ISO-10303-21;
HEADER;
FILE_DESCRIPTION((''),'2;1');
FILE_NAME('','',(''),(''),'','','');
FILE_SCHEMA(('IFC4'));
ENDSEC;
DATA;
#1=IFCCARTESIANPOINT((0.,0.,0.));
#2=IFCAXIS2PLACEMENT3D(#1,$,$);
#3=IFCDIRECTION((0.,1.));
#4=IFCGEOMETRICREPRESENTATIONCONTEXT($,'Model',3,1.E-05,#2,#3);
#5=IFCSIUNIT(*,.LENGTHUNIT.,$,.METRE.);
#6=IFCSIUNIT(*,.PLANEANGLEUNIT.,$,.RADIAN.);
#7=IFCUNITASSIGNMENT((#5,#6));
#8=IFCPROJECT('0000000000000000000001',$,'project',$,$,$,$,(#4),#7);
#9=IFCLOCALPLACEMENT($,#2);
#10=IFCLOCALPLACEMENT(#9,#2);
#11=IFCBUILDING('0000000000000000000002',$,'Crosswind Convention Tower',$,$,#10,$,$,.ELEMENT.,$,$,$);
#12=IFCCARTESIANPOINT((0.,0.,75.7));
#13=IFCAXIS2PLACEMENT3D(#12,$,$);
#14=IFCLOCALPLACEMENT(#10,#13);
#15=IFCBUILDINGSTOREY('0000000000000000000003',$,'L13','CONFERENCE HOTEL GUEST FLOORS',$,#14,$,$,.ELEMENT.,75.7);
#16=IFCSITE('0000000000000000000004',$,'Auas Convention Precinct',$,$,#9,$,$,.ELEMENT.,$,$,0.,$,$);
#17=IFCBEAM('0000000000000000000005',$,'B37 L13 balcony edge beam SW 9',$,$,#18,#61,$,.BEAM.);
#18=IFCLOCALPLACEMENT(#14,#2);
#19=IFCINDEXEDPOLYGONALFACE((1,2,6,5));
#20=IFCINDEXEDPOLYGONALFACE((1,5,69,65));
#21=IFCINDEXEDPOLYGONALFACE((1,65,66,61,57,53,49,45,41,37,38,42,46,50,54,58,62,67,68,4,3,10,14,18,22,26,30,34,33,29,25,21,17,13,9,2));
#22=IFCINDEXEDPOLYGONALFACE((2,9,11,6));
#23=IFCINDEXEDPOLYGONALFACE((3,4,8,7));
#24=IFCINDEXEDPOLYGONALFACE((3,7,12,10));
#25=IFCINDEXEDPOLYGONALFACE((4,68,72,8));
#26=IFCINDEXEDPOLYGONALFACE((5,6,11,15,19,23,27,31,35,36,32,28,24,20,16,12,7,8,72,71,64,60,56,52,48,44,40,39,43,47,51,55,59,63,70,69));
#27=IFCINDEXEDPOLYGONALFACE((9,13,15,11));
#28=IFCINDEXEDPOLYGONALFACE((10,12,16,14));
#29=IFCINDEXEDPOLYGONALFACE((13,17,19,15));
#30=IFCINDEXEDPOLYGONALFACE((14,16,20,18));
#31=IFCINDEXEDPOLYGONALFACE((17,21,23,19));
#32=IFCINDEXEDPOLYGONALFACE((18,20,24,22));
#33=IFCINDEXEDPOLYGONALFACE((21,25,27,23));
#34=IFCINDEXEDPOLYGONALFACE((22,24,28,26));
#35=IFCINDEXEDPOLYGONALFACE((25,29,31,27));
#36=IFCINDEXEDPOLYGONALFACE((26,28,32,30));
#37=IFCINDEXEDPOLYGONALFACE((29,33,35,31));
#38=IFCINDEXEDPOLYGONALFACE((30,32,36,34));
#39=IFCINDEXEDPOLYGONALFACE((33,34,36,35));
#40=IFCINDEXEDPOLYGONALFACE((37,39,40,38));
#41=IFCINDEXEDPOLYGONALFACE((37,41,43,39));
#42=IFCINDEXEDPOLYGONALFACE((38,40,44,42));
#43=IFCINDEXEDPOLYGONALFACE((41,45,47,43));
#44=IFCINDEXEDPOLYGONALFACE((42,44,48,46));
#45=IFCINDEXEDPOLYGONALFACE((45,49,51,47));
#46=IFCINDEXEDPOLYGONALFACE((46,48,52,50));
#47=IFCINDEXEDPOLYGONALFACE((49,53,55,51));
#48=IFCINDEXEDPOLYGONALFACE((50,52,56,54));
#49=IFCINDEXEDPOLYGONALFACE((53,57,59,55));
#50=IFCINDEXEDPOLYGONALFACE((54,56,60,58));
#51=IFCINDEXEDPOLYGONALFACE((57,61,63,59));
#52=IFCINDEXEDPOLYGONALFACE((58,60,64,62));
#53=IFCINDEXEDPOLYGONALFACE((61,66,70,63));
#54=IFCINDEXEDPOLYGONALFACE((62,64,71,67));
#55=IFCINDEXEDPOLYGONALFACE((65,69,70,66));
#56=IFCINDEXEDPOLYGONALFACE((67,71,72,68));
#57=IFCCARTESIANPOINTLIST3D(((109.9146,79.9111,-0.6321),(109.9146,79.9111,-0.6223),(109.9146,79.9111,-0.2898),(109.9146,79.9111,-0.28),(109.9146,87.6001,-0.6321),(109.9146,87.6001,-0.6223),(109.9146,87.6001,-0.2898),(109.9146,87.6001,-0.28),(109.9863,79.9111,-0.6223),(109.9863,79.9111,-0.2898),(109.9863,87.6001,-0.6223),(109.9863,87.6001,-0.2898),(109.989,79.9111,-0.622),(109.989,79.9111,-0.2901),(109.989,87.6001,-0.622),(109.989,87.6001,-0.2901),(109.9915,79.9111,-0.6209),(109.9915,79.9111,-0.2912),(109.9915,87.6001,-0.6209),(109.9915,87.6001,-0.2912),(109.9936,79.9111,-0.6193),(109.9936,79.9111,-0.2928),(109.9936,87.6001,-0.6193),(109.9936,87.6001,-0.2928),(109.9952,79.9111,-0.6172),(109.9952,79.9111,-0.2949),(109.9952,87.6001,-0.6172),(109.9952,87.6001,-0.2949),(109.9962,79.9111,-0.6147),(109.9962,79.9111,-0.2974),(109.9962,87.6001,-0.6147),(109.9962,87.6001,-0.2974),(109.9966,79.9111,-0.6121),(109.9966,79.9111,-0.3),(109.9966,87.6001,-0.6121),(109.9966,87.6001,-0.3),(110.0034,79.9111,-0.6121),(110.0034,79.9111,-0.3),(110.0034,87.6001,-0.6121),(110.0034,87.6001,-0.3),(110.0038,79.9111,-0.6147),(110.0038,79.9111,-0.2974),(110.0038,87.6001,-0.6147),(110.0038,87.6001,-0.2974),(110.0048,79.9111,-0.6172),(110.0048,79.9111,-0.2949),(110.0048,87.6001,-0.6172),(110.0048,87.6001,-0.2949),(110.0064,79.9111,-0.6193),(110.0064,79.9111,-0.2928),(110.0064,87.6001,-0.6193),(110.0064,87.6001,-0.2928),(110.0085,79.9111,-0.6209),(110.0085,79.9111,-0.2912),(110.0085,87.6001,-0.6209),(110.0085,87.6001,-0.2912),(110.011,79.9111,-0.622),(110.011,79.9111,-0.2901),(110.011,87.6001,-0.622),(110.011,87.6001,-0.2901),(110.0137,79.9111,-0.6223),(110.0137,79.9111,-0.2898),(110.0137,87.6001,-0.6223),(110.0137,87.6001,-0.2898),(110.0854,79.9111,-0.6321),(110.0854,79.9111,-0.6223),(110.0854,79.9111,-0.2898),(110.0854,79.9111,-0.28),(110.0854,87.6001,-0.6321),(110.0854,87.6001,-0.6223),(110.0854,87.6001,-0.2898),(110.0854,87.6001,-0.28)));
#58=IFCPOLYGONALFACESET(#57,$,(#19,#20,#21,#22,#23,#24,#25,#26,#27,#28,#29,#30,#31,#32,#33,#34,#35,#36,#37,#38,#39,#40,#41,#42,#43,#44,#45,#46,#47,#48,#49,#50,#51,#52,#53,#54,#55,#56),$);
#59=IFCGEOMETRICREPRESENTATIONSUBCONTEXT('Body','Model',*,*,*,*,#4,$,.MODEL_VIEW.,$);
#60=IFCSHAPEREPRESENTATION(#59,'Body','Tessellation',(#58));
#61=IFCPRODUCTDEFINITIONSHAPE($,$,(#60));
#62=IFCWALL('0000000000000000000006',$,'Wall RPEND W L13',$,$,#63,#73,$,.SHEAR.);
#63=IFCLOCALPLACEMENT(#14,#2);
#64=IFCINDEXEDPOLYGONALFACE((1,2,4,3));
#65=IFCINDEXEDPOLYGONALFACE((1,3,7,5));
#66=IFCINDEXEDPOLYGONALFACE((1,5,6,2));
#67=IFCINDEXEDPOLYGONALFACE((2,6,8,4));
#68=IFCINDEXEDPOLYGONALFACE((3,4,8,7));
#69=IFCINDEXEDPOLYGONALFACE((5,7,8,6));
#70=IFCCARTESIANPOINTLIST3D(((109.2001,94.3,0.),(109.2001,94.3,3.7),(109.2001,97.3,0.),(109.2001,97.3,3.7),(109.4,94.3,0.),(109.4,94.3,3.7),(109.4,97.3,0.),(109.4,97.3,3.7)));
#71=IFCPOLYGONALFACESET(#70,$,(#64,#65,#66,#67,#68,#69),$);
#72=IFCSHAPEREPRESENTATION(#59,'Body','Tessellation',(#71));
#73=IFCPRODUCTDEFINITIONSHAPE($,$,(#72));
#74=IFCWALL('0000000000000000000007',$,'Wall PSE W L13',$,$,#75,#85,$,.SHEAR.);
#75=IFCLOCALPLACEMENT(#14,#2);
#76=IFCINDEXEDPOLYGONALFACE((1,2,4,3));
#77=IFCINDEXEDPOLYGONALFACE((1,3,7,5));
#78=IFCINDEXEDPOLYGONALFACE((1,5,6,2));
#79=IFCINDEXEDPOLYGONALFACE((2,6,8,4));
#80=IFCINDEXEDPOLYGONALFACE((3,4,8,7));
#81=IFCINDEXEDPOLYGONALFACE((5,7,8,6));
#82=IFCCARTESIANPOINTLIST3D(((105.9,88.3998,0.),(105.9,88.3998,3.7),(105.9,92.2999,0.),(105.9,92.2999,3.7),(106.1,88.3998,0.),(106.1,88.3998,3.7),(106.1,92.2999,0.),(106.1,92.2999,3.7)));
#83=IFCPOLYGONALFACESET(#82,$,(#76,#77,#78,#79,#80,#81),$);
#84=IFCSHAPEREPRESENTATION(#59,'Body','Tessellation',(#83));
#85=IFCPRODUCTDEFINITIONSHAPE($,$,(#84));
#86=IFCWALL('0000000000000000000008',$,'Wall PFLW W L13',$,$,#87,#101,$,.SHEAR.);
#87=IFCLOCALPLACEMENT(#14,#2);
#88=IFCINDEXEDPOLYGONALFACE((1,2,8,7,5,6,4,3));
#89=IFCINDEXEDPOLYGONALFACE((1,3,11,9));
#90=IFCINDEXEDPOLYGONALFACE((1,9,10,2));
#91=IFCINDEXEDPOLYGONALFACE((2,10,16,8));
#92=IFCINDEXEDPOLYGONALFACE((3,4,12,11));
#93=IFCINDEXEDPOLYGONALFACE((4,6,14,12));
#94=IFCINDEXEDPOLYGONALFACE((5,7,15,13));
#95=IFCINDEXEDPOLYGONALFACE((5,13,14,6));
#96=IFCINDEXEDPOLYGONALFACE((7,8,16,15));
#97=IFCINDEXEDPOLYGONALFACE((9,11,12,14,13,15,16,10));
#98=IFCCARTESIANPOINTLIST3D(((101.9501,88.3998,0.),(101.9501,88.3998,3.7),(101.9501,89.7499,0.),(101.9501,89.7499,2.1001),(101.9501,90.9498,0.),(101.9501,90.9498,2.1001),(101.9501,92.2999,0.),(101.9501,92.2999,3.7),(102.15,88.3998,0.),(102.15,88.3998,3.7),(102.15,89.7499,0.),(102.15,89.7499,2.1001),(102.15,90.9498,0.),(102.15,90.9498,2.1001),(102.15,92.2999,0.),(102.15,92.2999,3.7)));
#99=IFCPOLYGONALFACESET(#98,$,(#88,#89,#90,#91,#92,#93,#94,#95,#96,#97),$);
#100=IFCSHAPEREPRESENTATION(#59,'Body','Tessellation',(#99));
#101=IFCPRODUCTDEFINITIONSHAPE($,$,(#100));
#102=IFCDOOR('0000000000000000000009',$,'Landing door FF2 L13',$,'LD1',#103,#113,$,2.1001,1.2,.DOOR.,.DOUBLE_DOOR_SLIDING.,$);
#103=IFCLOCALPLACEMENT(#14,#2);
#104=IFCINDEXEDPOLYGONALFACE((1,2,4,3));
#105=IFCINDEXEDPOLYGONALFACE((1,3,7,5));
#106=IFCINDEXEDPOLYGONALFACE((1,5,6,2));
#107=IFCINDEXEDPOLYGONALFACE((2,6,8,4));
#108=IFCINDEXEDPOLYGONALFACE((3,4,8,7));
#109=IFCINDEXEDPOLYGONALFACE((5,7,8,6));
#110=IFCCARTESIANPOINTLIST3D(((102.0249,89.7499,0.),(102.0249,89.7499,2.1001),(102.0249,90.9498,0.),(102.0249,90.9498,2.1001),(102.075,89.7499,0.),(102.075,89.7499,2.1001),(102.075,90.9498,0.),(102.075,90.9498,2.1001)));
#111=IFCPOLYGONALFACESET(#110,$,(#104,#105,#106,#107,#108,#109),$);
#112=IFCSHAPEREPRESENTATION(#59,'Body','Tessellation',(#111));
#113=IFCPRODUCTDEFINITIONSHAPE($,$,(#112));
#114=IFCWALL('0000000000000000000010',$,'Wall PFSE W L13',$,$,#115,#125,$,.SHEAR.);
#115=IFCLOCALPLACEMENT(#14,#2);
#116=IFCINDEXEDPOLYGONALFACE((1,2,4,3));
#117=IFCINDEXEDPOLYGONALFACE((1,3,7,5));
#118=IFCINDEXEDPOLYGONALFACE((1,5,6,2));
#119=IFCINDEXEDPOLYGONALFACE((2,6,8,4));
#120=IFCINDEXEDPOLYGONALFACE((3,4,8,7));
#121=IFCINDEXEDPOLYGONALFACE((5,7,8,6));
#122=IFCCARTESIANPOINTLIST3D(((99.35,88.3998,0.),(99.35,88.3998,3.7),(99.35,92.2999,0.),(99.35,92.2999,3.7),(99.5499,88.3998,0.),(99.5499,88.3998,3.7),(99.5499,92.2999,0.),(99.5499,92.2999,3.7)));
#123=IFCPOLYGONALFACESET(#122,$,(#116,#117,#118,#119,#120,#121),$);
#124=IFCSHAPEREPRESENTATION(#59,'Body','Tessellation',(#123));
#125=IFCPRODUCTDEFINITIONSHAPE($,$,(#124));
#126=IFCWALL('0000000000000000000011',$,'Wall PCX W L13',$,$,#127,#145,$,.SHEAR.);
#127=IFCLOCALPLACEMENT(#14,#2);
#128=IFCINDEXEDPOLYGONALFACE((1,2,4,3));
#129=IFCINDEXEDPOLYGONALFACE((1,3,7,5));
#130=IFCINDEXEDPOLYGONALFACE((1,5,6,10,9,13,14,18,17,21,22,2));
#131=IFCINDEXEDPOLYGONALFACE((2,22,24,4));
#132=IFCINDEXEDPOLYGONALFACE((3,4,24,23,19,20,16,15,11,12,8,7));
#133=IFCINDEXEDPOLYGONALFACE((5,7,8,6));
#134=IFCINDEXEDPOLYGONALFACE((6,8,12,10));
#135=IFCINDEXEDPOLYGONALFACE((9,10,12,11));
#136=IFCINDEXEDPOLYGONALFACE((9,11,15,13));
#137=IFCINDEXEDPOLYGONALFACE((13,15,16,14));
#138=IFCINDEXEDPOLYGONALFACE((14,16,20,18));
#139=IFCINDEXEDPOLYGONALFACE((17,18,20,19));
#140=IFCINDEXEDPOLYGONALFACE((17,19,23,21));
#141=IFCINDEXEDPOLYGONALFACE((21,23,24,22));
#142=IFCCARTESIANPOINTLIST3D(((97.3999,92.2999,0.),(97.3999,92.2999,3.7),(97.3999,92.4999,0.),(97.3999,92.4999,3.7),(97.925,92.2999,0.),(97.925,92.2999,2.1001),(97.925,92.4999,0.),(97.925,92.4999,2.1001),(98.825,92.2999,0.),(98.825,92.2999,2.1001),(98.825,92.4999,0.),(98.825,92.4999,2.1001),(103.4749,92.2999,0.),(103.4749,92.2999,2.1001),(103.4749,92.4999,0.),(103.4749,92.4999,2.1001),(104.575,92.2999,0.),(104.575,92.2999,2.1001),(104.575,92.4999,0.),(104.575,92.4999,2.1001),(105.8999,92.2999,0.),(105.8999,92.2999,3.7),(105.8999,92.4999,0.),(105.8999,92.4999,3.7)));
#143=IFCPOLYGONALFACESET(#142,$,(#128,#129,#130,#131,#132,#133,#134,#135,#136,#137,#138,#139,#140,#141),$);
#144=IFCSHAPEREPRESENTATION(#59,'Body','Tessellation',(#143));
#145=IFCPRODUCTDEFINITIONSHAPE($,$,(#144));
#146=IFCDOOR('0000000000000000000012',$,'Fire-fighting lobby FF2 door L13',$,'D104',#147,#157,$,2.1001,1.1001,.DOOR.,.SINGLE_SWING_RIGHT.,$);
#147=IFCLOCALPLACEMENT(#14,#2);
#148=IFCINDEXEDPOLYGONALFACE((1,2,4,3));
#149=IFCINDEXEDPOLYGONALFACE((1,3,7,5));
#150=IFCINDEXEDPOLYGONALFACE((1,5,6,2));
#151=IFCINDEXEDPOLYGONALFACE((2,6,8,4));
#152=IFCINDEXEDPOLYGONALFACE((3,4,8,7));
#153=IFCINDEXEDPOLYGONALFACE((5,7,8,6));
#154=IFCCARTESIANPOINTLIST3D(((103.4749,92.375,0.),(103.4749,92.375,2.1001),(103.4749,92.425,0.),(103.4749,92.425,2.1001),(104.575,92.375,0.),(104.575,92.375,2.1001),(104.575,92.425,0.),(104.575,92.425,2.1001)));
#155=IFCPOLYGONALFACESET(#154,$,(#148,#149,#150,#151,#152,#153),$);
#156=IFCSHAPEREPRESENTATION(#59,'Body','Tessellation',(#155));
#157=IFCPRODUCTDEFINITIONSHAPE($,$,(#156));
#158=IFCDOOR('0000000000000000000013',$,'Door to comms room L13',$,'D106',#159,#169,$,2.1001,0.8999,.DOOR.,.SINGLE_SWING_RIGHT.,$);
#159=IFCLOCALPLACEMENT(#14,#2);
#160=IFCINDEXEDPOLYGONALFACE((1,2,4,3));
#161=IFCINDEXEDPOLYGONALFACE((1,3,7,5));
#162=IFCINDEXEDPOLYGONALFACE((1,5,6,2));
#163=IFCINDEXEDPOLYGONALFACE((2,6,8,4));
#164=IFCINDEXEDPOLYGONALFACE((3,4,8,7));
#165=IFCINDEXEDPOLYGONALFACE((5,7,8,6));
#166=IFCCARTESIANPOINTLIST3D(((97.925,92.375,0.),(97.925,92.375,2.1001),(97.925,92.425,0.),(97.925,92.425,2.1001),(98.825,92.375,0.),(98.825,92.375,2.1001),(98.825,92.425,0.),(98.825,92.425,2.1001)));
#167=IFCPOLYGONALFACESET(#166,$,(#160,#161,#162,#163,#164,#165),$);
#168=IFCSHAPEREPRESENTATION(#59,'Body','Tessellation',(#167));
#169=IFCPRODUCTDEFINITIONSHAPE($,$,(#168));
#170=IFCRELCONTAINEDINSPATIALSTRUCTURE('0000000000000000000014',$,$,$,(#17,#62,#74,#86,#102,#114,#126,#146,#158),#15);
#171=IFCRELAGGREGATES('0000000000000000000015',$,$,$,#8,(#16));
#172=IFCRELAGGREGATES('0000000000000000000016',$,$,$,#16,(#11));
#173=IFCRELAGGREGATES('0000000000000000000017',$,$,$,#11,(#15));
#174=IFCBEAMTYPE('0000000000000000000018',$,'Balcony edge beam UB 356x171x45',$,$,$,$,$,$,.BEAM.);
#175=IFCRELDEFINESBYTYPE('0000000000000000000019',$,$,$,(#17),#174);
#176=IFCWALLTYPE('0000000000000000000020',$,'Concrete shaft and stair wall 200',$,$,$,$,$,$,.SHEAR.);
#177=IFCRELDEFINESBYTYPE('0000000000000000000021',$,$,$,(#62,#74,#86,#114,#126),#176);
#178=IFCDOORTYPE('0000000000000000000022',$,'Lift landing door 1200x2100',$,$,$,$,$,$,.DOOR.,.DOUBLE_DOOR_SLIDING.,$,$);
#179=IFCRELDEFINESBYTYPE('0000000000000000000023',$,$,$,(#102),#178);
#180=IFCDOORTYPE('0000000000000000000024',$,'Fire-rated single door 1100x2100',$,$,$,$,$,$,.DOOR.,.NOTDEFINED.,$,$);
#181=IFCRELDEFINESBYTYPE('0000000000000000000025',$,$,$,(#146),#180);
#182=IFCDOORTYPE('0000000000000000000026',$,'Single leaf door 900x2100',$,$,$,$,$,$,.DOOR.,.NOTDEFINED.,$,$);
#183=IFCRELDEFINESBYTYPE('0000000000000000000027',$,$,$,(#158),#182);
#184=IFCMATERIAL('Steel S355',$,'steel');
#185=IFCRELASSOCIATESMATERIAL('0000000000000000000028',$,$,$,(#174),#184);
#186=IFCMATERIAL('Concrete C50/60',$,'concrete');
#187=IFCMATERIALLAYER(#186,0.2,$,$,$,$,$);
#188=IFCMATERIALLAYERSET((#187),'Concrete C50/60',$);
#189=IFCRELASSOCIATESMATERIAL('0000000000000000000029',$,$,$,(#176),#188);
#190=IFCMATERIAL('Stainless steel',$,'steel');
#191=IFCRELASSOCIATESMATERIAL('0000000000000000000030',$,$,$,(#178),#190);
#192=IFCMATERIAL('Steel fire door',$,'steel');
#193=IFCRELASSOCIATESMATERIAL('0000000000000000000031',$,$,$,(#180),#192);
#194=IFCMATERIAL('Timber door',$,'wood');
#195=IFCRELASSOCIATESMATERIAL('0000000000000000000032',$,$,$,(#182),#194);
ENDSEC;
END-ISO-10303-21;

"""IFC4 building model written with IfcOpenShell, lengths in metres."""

from ifc_helpers import new_model, si_unit, direction, frame, frame_2d, origin, origin_2d, place, context, subcontext, project, spatial, rectangle, i_section, extrude, material, layer, layer_set, material_profile, profile_set, type_object, element, fill, save


model = new_model("IFC4")

# Units and contexts
model_context = context("Model", 3, precision=1e-05, world=origin(), true_north=direction((0.0, 1.0)))
body_context = subcontext(model_context, "Body", "Model", "MODEL_VIEW")
ifc_project = project(units=[si_unit("LENGTHUNIT", "METRE"), si_unit("PLANEANGLEUNIT", "RADIAN")], contexts=[model_context])

# Site, building, storey
site_placement = place(None, origin())
site = spatial("IfcSite", under=ifc_project, at=site_placement, Name="Auas Convention Precinct", CompositionType="ELEMENT", RefElevation=0.0)
building_placement = place(site_placement, origin())
building = spatial("IfcBuilding", under=site, at=building_placement, Name="Crosswind Convention Tower", CompositionType="ELEMENT")
storey_placement = place(building_placement, frame((0.0, 0.0, 75.7)))
storey = spatial("IfcBuildingStorey", under=building, at=storey_placement, Name="L13", Description="CONFERENCE HOTEL GUEST FLOORS", CompositionType="ELEMENT", Elevation=75.7)

# Beam
ifc_material_1 = material(Name="Steel S355", Category="steel")
ifc_material_profile = material_profile(ifc_material_1, i_section(OverallWidth=0.1709, OverallDepth=0.3521, WebThickness=0.0068, FlangeThickness=0.0098, FilletRadius=0.0103, at=origin_2d()), Name="UB 356x171x45")
ifc_profile_set = profile_set([ifc_material_profile], Name="Steel S355")
beam_type = type_object("IfcBeamType", Name="Balcony edge beam UB 356x171x45", PredefinedType="BEAM", material=ifc_profile_set)
beam_placement = place(storey_placement, frame((110.0, 87.6001, -0.4561), z_axis=(0.0, -1.0, 0.0), x_axis=(1.0, 0.0, 0.0)))
element("IfcBeam", 1, at=beam_placement, inside=storey, type_object=beam_type, Name="B37 L13 balcony edge beam SW 9", PredefinedType="BEAM", context=body_context, shape_type="SweptSolid", body=[
    extrude(i_section(OverallWidth=0.1709, OverallDepth=0.3521, WebThickness=0.0068, FlangeThickness=0.0098, FilletRadius=0.0103, at=origin_2d()), origin(), (0.0, 0.0, 1.0), 7.689),
])

# Walls
ifc_material_2 = material(Name="Concrete C50/60", Category="concrete")
ifc_layer_1 = layer(ifc_material_2, 0.2)
ifc_layer_set_1 = layer_set([ifc_layer_1], Name="Concrete C50/60")
wall_type_1 = type_object("IfcWallType", Name="Concrete shaft and stair wall 200", PredefinedType="SHEAR", material=ifc_layer_set_1)
wall_1_placement = place(storey_placement, frame((109.3, 97.3, 0.0), z_axis=(0.0, 0.0, 1.0), x_axis=(0.0, -1.0, 0.0)))
element("IfcWall", 2, at=wall_1_placement, inside=storey, type_object=wall_type_1, Name="Wall RPEND W L13", PredefinedType="SHEAR", context=body_context, shape_type="SweptSolid", body=[
    extrude(rectangle(XDim=3.0, YDim=0.2, at=frame_2d((1.5, 0.0))), origin(), (0.0, 0.0, 1.0), 3.7),
])
wall_2_placement = place(storey_placement, frame((106.0, 92.3, 0.0), z_axis=(0.0, 0.0, 1.0), x_axis=(0.0, -1.0, 0.0)))
element("IfcWall", 3, at=wall_2_placement, inside=storey, type_object=wall_type_1, Name="Wall PSE W L13", PredefinedType="SHEAR", context=body_context, shape_type="SweptSolid", body=[
    extrude(rectangle(XDim=3.9001, YDim=0.2, at=frame_2d((1.9502, 0.0))), origin(), (0.0, 0.0, 1.0), 3.7),
])

# Wall, opening, door
wall_3_placement = place(storey_placement, frame((102.05, 92.3, 0.0), z_axis=(0.0, 0.0, 1.0), x_axis=(0.0, -1.0, 0.0)))
wall_3 = element("IfcWall", 4, at=wall_3_placement, inside=storey, type_object=wall_type_1, Name="Wall PFLW W L13", PredefinedType="SHEAR", context=body_context, shape_type="SweptSolid", body=[
    extrude(rectangle(XDim=3.9001, YDim=0.2, at=frame_2d((1.9502, 0.0))), origin(), (0.0, 0.0, 1.0), 3.7),
])
opening_1_placement = place(wall_3_placement, frame((1.3501, 0.0, 0.0)))
opening_1 = element("IfcOpeningElement", 5, at=opening_1_placement, cuts=wall_3, PredefinedType="OPENING", context=body_context, shape_type="SweptSolid", body=[
    extrude(rectangle(XDim=1.2, YDim=2.1001, at=frame_2d((0.6001, 1.05))), frame((0.0, 0.1099, 0.0), z_axis=(0.0, -1.0, 0.0), x_axis=(1.0, 0.0, 0.0)), (0.0, 0.0, 1.0), 0.22),
])
ifc_material_3 = material(Name="Stainless steel", Category="steel")
door_type_1 = type_object("IfcDoorType", Name="Lift landing door 1200x2100", OperationType="DOUBLE_DOOR_SLIDING", PredefinedType="DOOR", material=ifc_material_3)
door_1_placement = place(opening_1_placement, origin())
door_1 = element("IfcDoor", 6, at=door_1_placement, inside=storey, type_object=door_type_1, Name="Landing door FF2 L13", ObjectType="LD1", OperationType="DOUBLE_DOOR_SLIDING", OverallHeight=2.1001, OverallWidth=1.2, PredefinedType="DOOR", context=body_context, shape_type="SweptSolid", body=[
    extrude(rectangle(XDim=1.2, YDim=2.1001, at=frame_2d((0.6001, 1.05))), frame((0.0, 0.0249, 0.0), z_axis=(0.0, -1.0, 0.0), x_axis=(1.0, 0.0, 0.0)), (0.0, 0.0, 1.0), 0.05),
])
fill(opening_1, door_1)

# Wall
wall_4_placement = place(storey_placement, frame((99.45, 92.3, 0.0), z_axis=(0.0, 0.0, 1.0), x_axis=(0.0, -1.0, 0.0)))
element("IfcWall", 7, at=wall_4_placement, inside=storey, type_object=wall_type_1, Name="Wall PFSE W L13", PredefinedType="SHEAR", context=body_context, shape_type="SweptSolid", body=[
    extrude(rectangle(XDim=3.9001, YDim=0.2, at=frame_2d((1.9502, 0.0))), origin(), (0.0, 0.0, 1.0), 3.7),
])

# Wall, openings, doors
wall_5_placement = place(storey_placement, frame((105.8999, 92.3999, 0.0), z_axis=(0.0, 0.0, 1.0), x_axis=(-1.0, 0.0, 0.0)))
wall_5 = element("IfcWall", 8, at=wall_5_placement, inside=storey, type_object=wall_type_1, Name="Wall PCX W L13", PredefinedType="SHEAR", context=body_context, shape_type="SweptSolid", body=[
    extrude(rectangle(XDim=8.5, YDim=0.2, at=frame_2d((4.25, 0.0))), origin(), (0.0, 0.0, 1.0), 3.7),
])
opening_2_placement = place(wall_5_placement, frame((1.325, 0.0, 0.0)))
opening_2 = element("IfcOpeningElement", 9, at=opening_2_placement, cuts=wall_5, PredefinedType="OPENING", context=body_context, shape_type="SweptSolid", body=[
    extrude(rectangle(XDim=1.1001, YDim=2.1001, at=frame_2d((0.55, 1.05))), frame((0.0, 0.1099, 0.0), z_axis=(0.0, -1.0, 0.0), x_axis=(1.0, 0.0, 0.0)), (0.0, 0.0, 1.0), 0.22),
])
opening_3_placement = place(wall_5_placement, frame((7.075, 0.0, 0.0)))
opening_3 = element("IfcOpeningElement", 10, at=opening_3_placement, cuts=wall_5, PredefinedType="OPENING", context=body_context, shape_type="SweptSolid", body=[
    extrude(rectangle(XDim=0.8999, YDim=2.1001, at=frame_2d((0.45, 1.05))), frame((0.0, 0.1099, 0.0), z_axis=(0.0, -1.0, 0.0), x_axis=(1.0, 0.0, 0.0)), (0.0, 0.0, 1.0), 0.22),
])
ifc_material_4 = material(Name="Steel fire door", Category="steel")
door_type_2 = type_object("IfcDoorType", Name="Fire-rated single door 1100x2100", OperationType="NOTDEFINED", PredefinedType="DOOR", material=ifc_material_4)
door_2_placement = place(opening_2_placement, origin())
door_2 = element("IfcDoor", 11, at=door_2_placement, inside=storey, type_object=door_type_2, Name="Fire-fighting lobby FF2 door L13", ObjectType="D104", OperationType="SINGLE_SWING_RIGHT", OverallHeight=2.1001, OverallWidth=1.1001, PredefinedType="DOOR", context=body_context, shape_type="SweptSolid", body=[
    extrude(rectangle(XDim=1.1001, YDim=2.1001, at=frame_2d((0.55, 1.05))), frame((0.0, 0.0249, 0.0), z_axis=(0.0, -1.0, 0.0), x_axis=(1.0, 0.0, 0.0)), (0.0, 0.0, 1.0), 0.05),
])
fill(opening_2, door_2)
ifc_material_5 = material(Name="Timber door", Category="wood")
door_type_3 = type_object("IfcDoorType", Name="Single leaf door 900x2100", OperationType="NOTDEFINED", PredefinedType="DOOR", material=ifc_material_5)
door_3_placement = place(opening_3_placement, origin())
door_3 = element("IfcDoor", 12, at=door_3_placement, inside=storey, type_object=door_type_3, Name="Door to comms room L13", ObjectType="D106", OperationType="SINGLE_SWING_RIGHT", OverallHeight=2.1001, OverallWidth=0.8999, PredefinedType="DOOR", context=body_context, shape_type="SweptSolid", body=[
    extrude(rectangle(XDim=0.8999, YDim=2.1001, at=frame_2d((0.45, 1.05))), frame((0.0, 0.0249, 0.0), z_axis=(0.0, -1.0, 0.0), x_axis=(1.0, 0.0, 0.0)), (0.0, 0.0, 1.0), 0.05),
])
fill(opening_3, door_3)

save(model, "model.ifc")
